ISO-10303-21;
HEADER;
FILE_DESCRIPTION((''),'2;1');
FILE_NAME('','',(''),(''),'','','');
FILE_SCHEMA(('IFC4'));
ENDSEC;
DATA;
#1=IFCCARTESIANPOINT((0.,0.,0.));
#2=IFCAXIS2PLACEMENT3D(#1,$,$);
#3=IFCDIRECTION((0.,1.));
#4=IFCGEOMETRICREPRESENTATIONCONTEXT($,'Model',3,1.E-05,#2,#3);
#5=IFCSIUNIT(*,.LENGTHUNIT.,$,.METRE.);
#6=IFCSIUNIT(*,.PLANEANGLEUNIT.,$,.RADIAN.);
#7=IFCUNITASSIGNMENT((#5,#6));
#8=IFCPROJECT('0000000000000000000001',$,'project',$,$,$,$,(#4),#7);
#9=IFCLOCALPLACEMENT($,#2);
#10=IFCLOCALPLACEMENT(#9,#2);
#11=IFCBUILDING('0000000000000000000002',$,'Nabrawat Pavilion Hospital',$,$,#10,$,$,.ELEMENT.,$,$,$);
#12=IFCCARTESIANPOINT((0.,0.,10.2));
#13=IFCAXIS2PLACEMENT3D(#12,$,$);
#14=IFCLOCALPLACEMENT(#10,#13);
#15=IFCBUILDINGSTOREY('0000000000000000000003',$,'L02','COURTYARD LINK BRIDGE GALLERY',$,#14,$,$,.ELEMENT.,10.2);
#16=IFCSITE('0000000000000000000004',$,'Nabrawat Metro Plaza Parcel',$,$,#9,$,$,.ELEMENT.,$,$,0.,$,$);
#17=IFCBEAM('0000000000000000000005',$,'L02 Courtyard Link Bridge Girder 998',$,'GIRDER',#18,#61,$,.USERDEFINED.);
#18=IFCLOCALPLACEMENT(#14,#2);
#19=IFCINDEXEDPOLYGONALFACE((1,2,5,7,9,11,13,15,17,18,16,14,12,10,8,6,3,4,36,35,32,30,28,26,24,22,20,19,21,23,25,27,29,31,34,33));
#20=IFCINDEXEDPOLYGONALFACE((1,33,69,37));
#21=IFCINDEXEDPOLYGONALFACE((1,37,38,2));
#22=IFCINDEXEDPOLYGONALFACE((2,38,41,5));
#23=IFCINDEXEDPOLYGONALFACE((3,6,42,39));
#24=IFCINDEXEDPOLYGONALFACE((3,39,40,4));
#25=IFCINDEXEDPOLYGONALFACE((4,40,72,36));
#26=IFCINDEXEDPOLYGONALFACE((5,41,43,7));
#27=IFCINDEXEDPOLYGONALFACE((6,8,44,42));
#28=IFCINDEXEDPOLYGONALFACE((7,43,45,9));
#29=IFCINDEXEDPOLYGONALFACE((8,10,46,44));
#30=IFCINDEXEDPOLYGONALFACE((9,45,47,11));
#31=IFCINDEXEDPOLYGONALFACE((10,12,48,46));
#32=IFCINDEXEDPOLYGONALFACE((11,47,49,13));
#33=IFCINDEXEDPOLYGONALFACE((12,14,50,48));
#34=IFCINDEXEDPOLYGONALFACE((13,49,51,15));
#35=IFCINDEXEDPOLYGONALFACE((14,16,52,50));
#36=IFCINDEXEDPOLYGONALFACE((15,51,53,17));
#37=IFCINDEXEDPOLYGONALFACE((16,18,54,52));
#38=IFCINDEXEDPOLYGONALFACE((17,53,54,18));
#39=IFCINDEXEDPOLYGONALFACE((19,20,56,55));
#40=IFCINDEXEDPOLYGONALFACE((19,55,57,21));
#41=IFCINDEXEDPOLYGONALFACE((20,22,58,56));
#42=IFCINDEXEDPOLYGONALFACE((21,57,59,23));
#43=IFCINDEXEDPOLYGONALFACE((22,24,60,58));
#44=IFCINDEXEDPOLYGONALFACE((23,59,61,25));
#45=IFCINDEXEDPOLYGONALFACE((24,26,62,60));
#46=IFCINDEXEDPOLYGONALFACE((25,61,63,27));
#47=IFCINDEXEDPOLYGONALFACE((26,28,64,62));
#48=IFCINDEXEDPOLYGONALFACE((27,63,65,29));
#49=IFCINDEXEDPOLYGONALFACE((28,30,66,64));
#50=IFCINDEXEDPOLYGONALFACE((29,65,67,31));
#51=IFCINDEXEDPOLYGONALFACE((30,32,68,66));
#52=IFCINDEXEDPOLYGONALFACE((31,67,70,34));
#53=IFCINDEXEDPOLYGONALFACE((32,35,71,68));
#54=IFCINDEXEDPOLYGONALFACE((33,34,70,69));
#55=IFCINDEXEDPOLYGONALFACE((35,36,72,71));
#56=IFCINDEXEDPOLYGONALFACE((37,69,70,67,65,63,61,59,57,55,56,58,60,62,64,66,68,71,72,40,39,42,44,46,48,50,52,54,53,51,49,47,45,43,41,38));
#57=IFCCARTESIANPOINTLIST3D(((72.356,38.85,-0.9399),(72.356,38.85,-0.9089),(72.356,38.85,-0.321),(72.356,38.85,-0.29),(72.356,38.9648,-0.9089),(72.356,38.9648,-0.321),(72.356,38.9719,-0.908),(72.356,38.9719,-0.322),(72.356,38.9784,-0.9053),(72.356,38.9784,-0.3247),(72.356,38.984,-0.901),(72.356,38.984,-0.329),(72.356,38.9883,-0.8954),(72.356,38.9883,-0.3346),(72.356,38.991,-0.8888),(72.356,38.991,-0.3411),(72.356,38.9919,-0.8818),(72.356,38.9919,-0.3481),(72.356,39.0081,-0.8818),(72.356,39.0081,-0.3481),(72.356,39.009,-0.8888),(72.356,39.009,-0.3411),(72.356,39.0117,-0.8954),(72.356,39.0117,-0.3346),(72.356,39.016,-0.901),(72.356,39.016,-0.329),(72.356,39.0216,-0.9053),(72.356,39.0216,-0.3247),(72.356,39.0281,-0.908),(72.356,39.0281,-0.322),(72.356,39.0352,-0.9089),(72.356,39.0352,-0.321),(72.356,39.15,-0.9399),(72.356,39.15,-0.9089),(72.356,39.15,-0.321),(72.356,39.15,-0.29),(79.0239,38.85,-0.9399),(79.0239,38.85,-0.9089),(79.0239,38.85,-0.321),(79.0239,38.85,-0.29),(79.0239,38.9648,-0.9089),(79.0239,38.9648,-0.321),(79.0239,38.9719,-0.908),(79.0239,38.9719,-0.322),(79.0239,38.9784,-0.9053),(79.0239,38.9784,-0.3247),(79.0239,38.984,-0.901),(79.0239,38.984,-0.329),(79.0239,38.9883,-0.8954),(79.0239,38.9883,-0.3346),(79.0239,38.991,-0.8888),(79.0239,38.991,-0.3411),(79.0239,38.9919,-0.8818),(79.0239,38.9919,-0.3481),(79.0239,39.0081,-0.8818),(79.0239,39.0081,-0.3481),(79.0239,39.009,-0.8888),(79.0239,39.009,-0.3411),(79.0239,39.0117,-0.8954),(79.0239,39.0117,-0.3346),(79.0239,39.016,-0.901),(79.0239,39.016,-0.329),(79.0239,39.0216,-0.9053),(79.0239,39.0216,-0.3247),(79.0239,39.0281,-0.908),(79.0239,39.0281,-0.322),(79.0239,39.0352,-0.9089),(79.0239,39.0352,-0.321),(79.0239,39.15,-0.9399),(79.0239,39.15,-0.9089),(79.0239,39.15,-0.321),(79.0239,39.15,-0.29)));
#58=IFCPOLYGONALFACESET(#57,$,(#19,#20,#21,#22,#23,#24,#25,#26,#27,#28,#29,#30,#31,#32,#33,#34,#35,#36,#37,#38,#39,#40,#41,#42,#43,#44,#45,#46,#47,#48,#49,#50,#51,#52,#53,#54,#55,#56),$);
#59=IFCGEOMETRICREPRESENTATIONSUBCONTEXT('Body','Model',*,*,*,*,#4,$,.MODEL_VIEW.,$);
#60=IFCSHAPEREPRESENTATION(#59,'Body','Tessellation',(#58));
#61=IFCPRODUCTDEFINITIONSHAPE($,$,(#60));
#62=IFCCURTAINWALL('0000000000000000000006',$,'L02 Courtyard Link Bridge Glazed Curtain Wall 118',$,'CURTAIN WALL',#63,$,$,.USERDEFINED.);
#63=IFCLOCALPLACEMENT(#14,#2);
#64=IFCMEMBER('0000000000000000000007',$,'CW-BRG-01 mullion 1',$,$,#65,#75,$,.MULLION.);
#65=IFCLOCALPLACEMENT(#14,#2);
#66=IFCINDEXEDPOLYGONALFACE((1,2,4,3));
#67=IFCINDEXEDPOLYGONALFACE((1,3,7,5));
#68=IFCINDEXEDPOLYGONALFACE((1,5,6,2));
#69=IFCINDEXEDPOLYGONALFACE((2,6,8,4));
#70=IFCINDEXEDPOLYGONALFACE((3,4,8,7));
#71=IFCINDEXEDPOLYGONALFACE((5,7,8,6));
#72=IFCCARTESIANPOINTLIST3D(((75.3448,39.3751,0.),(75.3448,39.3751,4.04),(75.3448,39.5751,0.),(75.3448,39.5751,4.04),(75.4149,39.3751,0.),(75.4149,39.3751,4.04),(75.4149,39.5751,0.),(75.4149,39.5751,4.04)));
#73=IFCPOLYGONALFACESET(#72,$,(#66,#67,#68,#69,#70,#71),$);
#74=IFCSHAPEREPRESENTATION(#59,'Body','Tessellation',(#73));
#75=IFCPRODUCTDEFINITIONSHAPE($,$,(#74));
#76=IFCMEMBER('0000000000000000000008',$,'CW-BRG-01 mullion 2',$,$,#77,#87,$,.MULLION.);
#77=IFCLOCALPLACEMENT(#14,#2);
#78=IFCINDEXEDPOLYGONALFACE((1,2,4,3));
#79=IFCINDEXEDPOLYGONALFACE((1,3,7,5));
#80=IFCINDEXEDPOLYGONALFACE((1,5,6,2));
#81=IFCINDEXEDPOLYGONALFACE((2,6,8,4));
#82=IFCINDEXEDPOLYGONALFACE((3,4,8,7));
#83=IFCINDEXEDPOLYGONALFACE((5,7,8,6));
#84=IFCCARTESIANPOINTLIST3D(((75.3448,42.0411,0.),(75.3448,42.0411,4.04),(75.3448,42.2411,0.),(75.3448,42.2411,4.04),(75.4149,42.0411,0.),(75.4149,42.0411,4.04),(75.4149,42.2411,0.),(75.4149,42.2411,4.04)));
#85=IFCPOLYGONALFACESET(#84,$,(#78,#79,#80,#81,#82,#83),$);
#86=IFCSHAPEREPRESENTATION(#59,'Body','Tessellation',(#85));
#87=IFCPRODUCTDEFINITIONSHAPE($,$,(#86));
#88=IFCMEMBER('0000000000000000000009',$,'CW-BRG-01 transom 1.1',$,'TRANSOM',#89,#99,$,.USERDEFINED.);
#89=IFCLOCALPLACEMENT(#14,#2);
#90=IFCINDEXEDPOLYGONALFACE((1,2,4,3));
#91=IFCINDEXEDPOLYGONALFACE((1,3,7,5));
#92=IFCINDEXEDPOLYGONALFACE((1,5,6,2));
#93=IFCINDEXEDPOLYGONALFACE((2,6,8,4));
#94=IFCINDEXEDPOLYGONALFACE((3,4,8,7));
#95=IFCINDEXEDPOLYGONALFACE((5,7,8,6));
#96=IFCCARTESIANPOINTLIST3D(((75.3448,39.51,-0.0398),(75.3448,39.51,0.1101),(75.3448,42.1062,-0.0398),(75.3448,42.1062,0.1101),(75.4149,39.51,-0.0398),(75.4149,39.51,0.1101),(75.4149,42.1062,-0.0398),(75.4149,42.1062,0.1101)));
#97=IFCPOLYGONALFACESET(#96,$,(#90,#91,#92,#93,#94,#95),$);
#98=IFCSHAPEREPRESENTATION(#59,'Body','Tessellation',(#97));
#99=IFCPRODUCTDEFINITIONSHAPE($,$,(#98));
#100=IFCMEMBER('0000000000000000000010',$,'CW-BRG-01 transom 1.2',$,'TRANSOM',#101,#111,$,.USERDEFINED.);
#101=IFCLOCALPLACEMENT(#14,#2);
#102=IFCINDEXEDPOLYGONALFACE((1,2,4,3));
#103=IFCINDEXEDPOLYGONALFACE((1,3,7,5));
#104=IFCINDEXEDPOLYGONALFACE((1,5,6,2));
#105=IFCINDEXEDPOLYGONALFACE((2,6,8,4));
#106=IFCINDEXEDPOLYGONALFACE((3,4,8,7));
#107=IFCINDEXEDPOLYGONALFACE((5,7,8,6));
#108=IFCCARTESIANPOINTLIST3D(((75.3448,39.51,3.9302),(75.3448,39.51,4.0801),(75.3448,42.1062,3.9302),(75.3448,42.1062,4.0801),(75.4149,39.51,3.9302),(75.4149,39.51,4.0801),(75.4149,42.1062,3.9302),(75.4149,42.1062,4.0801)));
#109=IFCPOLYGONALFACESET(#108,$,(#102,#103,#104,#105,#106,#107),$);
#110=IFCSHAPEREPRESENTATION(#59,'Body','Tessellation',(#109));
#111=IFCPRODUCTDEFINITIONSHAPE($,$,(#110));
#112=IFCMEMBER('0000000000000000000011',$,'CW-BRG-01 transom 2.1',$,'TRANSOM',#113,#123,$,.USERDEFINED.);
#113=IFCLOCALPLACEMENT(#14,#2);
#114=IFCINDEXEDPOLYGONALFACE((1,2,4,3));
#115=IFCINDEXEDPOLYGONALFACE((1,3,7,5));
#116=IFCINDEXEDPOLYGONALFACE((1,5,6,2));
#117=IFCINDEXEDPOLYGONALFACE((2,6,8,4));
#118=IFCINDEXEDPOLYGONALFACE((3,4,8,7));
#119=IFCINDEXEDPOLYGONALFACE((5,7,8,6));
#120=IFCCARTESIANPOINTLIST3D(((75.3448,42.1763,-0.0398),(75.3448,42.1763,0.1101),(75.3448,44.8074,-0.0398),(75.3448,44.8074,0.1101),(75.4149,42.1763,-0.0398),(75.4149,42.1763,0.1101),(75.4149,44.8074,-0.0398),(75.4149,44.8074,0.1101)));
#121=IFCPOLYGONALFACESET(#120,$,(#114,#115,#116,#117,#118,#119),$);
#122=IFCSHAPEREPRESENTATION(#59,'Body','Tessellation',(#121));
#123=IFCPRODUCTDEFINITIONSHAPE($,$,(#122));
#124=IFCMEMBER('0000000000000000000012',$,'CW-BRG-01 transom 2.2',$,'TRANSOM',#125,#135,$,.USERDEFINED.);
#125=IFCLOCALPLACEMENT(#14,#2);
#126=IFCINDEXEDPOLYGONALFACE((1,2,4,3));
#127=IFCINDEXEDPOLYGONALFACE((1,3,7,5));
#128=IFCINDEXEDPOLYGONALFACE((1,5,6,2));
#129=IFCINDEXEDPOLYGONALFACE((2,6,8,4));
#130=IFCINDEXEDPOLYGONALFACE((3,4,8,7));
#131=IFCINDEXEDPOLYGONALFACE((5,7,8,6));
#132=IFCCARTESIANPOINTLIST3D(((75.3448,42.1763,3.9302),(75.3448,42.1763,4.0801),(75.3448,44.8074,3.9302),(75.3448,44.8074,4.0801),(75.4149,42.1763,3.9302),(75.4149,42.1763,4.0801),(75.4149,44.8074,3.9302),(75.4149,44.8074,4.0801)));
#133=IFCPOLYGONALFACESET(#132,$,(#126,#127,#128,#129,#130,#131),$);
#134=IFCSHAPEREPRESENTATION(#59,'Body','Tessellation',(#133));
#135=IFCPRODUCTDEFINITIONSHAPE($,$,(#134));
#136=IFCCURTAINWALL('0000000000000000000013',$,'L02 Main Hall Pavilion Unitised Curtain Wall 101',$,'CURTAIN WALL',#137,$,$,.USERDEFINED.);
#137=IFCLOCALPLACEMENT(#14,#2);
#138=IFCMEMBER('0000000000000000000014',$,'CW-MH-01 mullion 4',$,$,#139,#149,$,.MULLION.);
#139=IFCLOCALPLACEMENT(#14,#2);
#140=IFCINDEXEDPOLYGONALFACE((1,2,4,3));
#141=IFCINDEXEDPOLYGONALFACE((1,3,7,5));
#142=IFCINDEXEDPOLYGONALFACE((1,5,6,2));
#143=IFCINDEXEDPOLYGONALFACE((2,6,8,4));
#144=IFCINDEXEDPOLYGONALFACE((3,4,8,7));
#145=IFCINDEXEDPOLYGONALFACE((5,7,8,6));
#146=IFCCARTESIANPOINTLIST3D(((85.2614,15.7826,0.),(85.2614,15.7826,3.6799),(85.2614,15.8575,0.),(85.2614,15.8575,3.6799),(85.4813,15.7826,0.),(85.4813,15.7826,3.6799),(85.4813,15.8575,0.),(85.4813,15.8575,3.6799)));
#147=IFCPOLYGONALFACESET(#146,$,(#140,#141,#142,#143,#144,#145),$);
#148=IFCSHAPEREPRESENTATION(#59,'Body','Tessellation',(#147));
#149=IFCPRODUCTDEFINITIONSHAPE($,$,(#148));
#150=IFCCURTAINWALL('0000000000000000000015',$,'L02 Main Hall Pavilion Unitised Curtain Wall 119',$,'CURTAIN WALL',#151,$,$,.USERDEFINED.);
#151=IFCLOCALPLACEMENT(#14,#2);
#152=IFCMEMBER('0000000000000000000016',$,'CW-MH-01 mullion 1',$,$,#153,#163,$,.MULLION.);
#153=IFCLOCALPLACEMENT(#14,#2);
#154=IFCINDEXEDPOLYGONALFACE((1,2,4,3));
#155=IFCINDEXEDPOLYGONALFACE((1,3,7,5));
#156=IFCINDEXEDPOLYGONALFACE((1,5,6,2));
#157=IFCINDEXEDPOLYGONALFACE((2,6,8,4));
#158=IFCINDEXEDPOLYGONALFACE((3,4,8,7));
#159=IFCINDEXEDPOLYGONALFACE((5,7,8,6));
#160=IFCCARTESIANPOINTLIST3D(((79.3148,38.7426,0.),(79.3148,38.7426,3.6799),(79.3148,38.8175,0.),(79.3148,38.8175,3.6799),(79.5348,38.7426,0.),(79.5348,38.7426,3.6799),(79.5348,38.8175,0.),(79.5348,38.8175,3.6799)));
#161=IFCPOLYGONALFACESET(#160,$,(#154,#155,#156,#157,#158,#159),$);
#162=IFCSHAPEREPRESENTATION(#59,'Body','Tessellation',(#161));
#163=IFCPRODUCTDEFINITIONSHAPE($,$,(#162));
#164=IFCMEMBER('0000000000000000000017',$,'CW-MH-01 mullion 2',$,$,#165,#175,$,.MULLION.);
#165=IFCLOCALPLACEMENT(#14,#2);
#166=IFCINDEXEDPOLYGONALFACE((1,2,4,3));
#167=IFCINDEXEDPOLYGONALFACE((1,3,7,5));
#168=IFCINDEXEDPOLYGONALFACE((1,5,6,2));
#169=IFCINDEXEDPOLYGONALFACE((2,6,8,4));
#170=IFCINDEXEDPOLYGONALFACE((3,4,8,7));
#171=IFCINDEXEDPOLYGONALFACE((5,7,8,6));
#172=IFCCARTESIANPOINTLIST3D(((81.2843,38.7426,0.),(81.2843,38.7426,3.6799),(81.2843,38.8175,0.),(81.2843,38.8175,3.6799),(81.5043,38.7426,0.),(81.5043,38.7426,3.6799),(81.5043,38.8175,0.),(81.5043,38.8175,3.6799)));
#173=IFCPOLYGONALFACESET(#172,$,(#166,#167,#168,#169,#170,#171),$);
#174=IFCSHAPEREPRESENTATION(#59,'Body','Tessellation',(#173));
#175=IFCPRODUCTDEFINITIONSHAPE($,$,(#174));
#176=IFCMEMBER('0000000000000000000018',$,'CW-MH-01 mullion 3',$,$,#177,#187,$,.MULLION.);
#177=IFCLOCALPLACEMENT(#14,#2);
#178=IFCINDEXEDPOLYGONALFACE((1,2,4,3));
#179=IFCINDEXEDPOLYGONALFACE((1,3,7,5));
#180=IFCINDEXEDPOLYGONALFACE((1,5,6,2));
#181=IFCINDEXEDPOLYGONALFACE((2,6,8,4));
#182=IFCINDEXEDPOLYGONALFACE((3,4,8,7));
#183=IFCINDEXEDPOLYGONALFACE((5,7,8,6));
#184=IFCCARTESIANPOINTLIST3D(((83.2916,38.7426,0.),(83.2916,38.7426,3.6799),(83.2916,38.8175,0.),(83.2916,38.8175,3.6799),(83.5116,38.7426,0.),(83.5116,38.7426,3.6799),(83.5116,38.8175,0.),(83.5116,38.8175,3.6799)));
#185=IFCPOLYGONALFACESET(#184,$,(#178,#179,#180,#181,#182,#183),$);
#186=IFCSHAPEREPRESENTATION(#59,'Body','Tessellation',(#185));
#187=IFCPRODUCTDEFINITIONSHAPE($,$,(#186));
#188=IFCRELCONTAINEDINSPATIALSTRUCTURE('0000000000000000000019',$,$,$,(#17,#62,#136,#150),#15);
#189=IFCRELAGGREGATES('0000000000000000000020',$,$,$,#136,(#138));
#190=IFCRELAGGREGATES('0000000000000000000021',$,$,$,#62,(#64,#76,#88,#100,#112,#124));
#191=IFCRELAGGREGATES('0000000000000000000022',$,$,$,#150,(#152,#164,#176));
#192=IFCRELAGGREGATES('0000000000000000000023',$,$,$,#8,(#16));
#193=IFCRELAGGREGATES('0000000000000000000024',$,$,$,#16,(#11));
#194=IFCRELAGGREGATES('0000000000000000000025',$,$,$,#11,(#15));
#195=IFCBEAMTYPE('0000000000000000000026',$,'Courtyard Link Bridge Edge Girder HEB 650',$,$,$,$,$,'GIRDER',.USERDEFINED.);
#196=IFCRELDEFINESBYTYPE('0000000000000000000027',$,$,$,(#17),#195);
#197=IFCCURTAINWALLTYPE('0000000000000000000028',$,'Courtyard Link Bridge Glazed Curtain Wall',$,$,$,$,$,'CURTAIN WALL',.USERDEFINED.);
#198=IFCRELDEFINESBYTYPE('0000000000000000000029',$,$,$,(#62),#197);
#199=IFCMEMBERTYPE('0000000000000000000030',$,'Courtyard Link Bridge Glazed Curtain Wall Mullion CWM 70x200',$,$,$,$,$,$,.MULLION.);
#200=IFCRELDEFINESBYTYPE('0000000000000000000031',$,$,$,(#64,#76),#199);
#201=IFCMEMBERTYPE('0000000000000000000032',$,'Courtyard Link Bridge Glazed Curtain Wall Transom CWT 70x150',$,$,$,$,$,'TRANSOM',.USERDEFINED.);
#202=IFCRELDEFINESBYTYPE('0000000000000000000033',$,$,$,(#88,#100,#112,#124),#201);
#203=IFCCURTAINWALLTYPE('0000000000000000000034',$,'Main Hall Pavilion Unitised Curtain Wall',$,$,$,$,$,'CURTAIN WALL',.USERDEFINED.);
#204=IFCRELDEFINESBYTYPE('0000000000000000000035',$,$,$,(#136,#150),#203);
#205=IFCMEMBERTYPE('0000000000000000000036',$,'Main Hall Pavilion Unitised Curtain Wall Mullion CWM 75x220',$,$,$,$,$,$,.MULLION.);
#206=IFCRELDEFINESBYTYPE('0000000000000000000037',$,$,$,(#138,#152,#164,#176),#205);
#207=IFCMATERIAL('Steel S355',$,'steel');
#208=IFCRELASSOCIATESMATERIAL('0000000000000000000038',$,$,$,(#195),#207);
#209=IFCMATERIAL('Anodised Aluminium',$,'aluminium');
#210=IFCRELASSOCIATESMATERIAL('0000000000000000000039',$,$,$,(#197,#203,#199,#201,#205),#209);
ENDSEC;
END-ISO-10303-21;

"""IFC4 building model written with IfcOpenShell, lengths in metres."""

from ifc_helpers import new_model, si_unit, direction, frame, origin, origin_2d, place, context, subcontext, project, spatial, rectangle, i_section, extrude, material, material_profile, profile_set, type_object, element, aggregate, save


model = new_model("IFC4")

# Units and contexts
model_context = context("Model", 3, precision=1e-05, world=origin(), true_north=direction((0.0, 1.0)))
body_context = subcontext(model_context, "Body", "Model", "MODEL_VIEW")
ifc_project = project(units=[si_unit("LENGTHUNIT", "METRE"), si_unit("PLANEANGLEUNIT", "RADIAN")], contexts=[model_context])

# Site, building, storey
site_placement = place(None, origin())
site = spatial("IfcSite", under=ifc_project, at=site_placement, Name="Nabrawat Metro Plaza Parcel", CompositionType="ELEMENT", RefElevation=0.0)
building_placement = place(site_placement, origin())
building = spatial("IfcBuilding", under=site, at=building_placement, Name="Nabrawat Pavilion Hospital", CompositionType="ELEMENT")
storey_placement = place(building_placement, frame((0.0, 0.0, 10.2)))
storey = spatial("IfcBuildingStorey", under=building, at=storey_placement, Name="L02", Description="COURTYARD LINK BRIDGE GALLERY", CompositionType="ELEMENT", Elevation=10.2)

# Shared definitions
ifc_material_1 = material(Name="Steel S355", Category="steel")

# Beam
ifc_material_profile_1 = material_profile(ifc_material_1, i_section(OverallWidth=0.3, OverallDepth=0.6499, WebThickness=0.0161, FlangeThickness=0.031, FilletRadius=0.0271, at=origin_2d()), Name="HEB 650")
ifc_profile_set_1 = profile_set([ifc_material_profile_1], Name="Steel S355")
beam_type_1 = type_object("IfcBeamType", Name="Courtyard Link Bridge Edge Girder HEB 650", ElementType="GIRDER", PredefinedType="USERDEFINED", material=ifc_profile_set_1)
beam_placement = place(storey_placement, frame((72.356, 39.0, -0.615), z_axis=(1.0, 0.0, 0.0), x_axis=(0.0, 1.0, 0.0)))
element("IfcBeam", 1, at=beam_placement, inside=storey, type_object=beam_type_1, Name="L02 Courtyard Link Bridge Girder 998", ObjectType="GIRDER", PredefinedType="USERDEFINED", context=body_context, shape_type="SweptSolid", body=[
    extrude(i_section(OverallWidth=0.3, OverallDepth=0.6499, WebThickness=0.0161, FlangeThickness=0.031, FilletRadius=0.0271, at=origin_2d()), origin(), (0.0, 0.0, 1.0), 6.668),
])

# Curtain wall, members
ifc_material_2 = material(Name="Anodised Aluminium", Category="aluminium")
curtain_wall_type_1 = type_object("IfcCurtainWallType", Name="Courtyard Link Bridge Glazed Curtain Wall", ElementType="CURTAIN WALL", PredefinedType="USERDEFINED", material=ifc_material_2)
curtain_wall_1_placement = place(storey_placement, origin())
curtain_wall_1 = element("IfcCurtainWall", 2, at=curtain_wall_1_placement, inside=storey, type_object=curtain_wall_type_1, Name="L02 Courtyard Link Bridge Glazed Curtain Wall 118", ObjectType="CURTAIN WALL", PredefinedType="USERDEFINED")
ifc_material_profile_2 = material_profile(ifc_material_2, rectangle(XDim=0.0701, YDim=0.2, at=origin_2d()), Name="CWM 70x200")
ifc_profile_set_2 = profile_set([ifc_material_profile_2], Name="Anodised Aluminium")
member_type_1 = type_object("IfcMemberType", Name="Courtyard Link Bridge Glazed Curtain Wall Mullion CWM 70x200", PredefinedType="MULLION", material=ifc_profile_set_2)
member_1_placement = place(storey_placement, frame((75.3799, 39.4751, 0.0), z_axis=(0.0, 0.0, 1.0), x_axis=(-1.0, 0.0, 0.0)))
member_1 = element("IfcMember", 3, at=member_1_placement, type_object=member_type_1, Name="CW-BRG-01 mullion 1", PredefinedType="MULLION", context=body_context, shape_type="SweptSolid", body=[
    extrude(rectangle(XDim=0.0701, YDim=0.2, at=origin_2d()), origin(), (0.0, 0.0, 1.0), 4.04),
])
member_2_placement = place(storey_placement, frame((75.3799, 42.1411, 0.0), z_axis=(0.0, 0.0, 1.0), x_axis=(-1.0, 0.0, 0.0)))
member_2 = element("IfcMember", 4, at=member_2_placement, type_object=member_type_1, Name="CW-BRG-01 mullion 2", PredefinedType="MULLION", context=body_context, shape_type="SweptSolid", body=[
    extrude(rectangle(XDim=0.0701, YDim=0.2, at=origin_2d()), origin(), (0.0, 0.0, 1.0), 4.04),
])
ifc_material_profile_3 = material_profile(ifc_material_2, rectangle(XDim=0.0701, YDim=0.1499, at=origin_2d()), Name="CWT 70x150")
ifc_profile_set_3 = profile_set([ifc_material_profile_3], Name="Anodised Aluminium")
member_type_2 = type_object("IfcMemberType", Name="Courtyard Link Bridge Glazed Curtain Wall Transom CWT 70x150", ElementType="TRANSOM", PredefinedType="USERDEFINED", material=ifc_profile_set_3)
member_3_placement = place(storey_placement, frame((75.3799, 39.51, 0.0352), z_axis=(0.0, 1.0, 0.0), x_axis=(-1.0, 0.0, 0.0)))
member_3 = element("IfcMember", 5, at=member_3_placement, type_object=member_type_2, Name="CW-BRG-01 transom 1.1", ObjectType="TRANSOM", PredefinedType="USERDEFINED", context=body_context, shape_type="SweptSolid", body=[
    extrude(rectangle(XDim=0.0701, YDim=0.1499, at=origin_2d()), origin(), (0.0, 0.0, 1.0), 2.5962),
])
member_4_placement = place(storey_placement, frame((75.3799, 39.51, 4.0051), z_axis=(0.0, 1.0, 0.0), x_axis=(-1.0, 0.0, 0.0)))
member_4 = element("IfcMember", 6, at=member_4_placement, type_object=member_type_2, Name="CW-BRG-01 transom 1.2", ObjectType="TRANSOM", PredefinedType="USERDEFINED", context=body_context, shape_type="SweptSolid", body=[
    extrude(rectangle(XDim=0.0701, YDim=0.1499, at=origin_2d()), origin(), (0.0, 0.0, 1.0), 2.5962),
])
member_5_placement = place(storey_placement, frame((75.3799, 42.1763, 0.0352), z_axis=(0.0, 1.0, 0.0), x_axis=(-1.0, 0.0, 0.0)))
member_5 = element("IfcMember", 7, at=member_5_placement, type_object=member_type_2, Name="CW-BRG-01 transom 2.1", ObjectType="TRANSOM", PredefinedType="USERDEFINED", context=body_context, shape_type="SweptSolid", body=[
    extrude(rectangle(XDim=0.0701, YDim=0.1499, at=origin_2d()), origin(), (0.0, 0.0, 1.0), 2.6311),
])
member_6_placement = place(storey_placement, frame((75.3799, 42.1763, 4.0051), z_axis=(0.0, 1.0, 0.0), x_axis=(-1.0, 0.0, 0.0)))
member_6 = element("IfcMember", 8, at=member_6_placement, type_object=member_type_2, Name="CW-BRG-01 transom 2.2", ObjectType="TRANSOM", PredefinedType="USERDEFINED", context=body_context, shape_type="SweptSolid", body=[
    extrude(rectangle(XDim=0.0701, YDim=0.1499, at=origin_2d()), origin(), (0.0, 0.0, 1.0), 2.6311),
])

# Curtain wall, member
curtain_wall_type_2 = type_object("IfcCurtainWallType", Name="Main Hall Pavilion Unitised Curtain Wall", ElementType="CURTAIN WALL", PredefinedType="USERDEFINED", material=ifc_material_2)
curtain_wall_2_placement = place(storey_placement, origin())
curtain_wall_2 = element("IfcCurtainWall", 9, at=curtain_wall_2_placement, inside=storey, type_object=curtain_wall_type_2, Name="L02 Main Hall Pavilion Unitised Curtain Wall 101", ObjectType="CURTAIN WALL", PredefinedType="USERDEFINED")
ifc_material_profile_4 = material_profile(ifc_material_2, rectangle(XDim=0.075, YDim=0.22, at=origin_2d()), Name="CWM 75x220")
ifc_profile_set_4 = profile_set([ifc_material_profile_4], Name="Anodised Aluminium")
member_type_3 = type_object("IfcMemberType", Name="Main Hall Pavilion Unitised Curtain Wall Mullion CWM 75x220", PredefinedType="MULLION", material=ifc_profile_set_4)
member_7_placement = place(storey_placement, frame((85.3713, 15.8201, 0.0), z_axis=(0.0, 0.0, 1.0), x_axis=(0.0, 1.0, 0.0)))
member_7 = element("IfcMember", 10, at=member_7_placement, type_object=member_type_3, Name="CW-MH-01 mullion 4", PredefinedType="MULLION", context=body_context, shape_type="SweptSolid", body=[
    extrude(rectangle(XDim=0.075, YDim=0.22, at=origin_2d()), origin(), (0.0, 0.0, 1.0), 3.6799),
])
aggregate(curtain_wall_2, [member_7])

# Curtain wall, members
curtain_wall_3_placement = place(storey_placement, origin())
curtain_wall_3 = element("IfcCurtainWall", 11, at=curtain_wall_3_placement, inside=storey, type_object=curtain_wall_type_2, Name="L02 Main Hall Pavilion Unitised Curtain Wall 119", ObjectType="CURTAIN WALL", PredefinedType="USERDEFINED")
member_8_placement = place(storey_placement, frame((79.4248, 38.78, 0.0), z_axis=(0.0, 0.0, 1.0), x_axis=(0.0, 1.0, 0.0)))
member_8 = element("IfcMember", 12, at=member_8_placement, type_object=member_type_3, Name="CW-MH-01 mullion 1", PredefinedType="MULLION", context=body_context, shape_type="SweptSolid", body=[
    extrude(rectangle(XDim=0.075, YDim=0.22, at=origin_2d()), origin(), (0.0, 0.0, 1.0), 3.6799),
])
member_9_placement = place(storey_placement, frame((81.3943, 38.78, 0.0), z_axis=(0.0, 0.0, 1.0), x_axis=(0.0, 1.0, 0.0)))
member_9 = element("IfcMember", 13, at=member_9_placement, type_object=member_type_3, Name="CW-MH-01 mullion 2", PredefinedType="MULLION", context=body_context, shape_type="SweptSolid", body=[
    extrude(rectangle(XDim=0.075, YDim=0.22, at=origin_2d()), origin(), (0.0, 0.0, 1.0), 3.6799),
])
member_10_placement = place(storey_placement, frame((83.4016, 38.78, 0.0), z_axis=(0.0, 0.0, 1.0), x_axis=(0.0, 1.0, 0.0)))
member_10 = element("IfcMember", 14, at=member_10_placement, type_object=member_type_3, Name="CW-MH-01 mullion 3", PredefinedType="MULLION", context=body_context, shape_type="SweptSolid", body=[
    extrude(rectangle(XDim=0.075, YDim=0.22, at=origin_2d()), origin(), (0.0, 0.0, 1.0), 3.6799),
])

aggregate(curtain_wall_1, [member_1, member_2, member_3, member_4, member_5, member_6])
aggregate(curtain_wall_3, [member_8, member_9, member_10])

save(model, "model.ifc")
